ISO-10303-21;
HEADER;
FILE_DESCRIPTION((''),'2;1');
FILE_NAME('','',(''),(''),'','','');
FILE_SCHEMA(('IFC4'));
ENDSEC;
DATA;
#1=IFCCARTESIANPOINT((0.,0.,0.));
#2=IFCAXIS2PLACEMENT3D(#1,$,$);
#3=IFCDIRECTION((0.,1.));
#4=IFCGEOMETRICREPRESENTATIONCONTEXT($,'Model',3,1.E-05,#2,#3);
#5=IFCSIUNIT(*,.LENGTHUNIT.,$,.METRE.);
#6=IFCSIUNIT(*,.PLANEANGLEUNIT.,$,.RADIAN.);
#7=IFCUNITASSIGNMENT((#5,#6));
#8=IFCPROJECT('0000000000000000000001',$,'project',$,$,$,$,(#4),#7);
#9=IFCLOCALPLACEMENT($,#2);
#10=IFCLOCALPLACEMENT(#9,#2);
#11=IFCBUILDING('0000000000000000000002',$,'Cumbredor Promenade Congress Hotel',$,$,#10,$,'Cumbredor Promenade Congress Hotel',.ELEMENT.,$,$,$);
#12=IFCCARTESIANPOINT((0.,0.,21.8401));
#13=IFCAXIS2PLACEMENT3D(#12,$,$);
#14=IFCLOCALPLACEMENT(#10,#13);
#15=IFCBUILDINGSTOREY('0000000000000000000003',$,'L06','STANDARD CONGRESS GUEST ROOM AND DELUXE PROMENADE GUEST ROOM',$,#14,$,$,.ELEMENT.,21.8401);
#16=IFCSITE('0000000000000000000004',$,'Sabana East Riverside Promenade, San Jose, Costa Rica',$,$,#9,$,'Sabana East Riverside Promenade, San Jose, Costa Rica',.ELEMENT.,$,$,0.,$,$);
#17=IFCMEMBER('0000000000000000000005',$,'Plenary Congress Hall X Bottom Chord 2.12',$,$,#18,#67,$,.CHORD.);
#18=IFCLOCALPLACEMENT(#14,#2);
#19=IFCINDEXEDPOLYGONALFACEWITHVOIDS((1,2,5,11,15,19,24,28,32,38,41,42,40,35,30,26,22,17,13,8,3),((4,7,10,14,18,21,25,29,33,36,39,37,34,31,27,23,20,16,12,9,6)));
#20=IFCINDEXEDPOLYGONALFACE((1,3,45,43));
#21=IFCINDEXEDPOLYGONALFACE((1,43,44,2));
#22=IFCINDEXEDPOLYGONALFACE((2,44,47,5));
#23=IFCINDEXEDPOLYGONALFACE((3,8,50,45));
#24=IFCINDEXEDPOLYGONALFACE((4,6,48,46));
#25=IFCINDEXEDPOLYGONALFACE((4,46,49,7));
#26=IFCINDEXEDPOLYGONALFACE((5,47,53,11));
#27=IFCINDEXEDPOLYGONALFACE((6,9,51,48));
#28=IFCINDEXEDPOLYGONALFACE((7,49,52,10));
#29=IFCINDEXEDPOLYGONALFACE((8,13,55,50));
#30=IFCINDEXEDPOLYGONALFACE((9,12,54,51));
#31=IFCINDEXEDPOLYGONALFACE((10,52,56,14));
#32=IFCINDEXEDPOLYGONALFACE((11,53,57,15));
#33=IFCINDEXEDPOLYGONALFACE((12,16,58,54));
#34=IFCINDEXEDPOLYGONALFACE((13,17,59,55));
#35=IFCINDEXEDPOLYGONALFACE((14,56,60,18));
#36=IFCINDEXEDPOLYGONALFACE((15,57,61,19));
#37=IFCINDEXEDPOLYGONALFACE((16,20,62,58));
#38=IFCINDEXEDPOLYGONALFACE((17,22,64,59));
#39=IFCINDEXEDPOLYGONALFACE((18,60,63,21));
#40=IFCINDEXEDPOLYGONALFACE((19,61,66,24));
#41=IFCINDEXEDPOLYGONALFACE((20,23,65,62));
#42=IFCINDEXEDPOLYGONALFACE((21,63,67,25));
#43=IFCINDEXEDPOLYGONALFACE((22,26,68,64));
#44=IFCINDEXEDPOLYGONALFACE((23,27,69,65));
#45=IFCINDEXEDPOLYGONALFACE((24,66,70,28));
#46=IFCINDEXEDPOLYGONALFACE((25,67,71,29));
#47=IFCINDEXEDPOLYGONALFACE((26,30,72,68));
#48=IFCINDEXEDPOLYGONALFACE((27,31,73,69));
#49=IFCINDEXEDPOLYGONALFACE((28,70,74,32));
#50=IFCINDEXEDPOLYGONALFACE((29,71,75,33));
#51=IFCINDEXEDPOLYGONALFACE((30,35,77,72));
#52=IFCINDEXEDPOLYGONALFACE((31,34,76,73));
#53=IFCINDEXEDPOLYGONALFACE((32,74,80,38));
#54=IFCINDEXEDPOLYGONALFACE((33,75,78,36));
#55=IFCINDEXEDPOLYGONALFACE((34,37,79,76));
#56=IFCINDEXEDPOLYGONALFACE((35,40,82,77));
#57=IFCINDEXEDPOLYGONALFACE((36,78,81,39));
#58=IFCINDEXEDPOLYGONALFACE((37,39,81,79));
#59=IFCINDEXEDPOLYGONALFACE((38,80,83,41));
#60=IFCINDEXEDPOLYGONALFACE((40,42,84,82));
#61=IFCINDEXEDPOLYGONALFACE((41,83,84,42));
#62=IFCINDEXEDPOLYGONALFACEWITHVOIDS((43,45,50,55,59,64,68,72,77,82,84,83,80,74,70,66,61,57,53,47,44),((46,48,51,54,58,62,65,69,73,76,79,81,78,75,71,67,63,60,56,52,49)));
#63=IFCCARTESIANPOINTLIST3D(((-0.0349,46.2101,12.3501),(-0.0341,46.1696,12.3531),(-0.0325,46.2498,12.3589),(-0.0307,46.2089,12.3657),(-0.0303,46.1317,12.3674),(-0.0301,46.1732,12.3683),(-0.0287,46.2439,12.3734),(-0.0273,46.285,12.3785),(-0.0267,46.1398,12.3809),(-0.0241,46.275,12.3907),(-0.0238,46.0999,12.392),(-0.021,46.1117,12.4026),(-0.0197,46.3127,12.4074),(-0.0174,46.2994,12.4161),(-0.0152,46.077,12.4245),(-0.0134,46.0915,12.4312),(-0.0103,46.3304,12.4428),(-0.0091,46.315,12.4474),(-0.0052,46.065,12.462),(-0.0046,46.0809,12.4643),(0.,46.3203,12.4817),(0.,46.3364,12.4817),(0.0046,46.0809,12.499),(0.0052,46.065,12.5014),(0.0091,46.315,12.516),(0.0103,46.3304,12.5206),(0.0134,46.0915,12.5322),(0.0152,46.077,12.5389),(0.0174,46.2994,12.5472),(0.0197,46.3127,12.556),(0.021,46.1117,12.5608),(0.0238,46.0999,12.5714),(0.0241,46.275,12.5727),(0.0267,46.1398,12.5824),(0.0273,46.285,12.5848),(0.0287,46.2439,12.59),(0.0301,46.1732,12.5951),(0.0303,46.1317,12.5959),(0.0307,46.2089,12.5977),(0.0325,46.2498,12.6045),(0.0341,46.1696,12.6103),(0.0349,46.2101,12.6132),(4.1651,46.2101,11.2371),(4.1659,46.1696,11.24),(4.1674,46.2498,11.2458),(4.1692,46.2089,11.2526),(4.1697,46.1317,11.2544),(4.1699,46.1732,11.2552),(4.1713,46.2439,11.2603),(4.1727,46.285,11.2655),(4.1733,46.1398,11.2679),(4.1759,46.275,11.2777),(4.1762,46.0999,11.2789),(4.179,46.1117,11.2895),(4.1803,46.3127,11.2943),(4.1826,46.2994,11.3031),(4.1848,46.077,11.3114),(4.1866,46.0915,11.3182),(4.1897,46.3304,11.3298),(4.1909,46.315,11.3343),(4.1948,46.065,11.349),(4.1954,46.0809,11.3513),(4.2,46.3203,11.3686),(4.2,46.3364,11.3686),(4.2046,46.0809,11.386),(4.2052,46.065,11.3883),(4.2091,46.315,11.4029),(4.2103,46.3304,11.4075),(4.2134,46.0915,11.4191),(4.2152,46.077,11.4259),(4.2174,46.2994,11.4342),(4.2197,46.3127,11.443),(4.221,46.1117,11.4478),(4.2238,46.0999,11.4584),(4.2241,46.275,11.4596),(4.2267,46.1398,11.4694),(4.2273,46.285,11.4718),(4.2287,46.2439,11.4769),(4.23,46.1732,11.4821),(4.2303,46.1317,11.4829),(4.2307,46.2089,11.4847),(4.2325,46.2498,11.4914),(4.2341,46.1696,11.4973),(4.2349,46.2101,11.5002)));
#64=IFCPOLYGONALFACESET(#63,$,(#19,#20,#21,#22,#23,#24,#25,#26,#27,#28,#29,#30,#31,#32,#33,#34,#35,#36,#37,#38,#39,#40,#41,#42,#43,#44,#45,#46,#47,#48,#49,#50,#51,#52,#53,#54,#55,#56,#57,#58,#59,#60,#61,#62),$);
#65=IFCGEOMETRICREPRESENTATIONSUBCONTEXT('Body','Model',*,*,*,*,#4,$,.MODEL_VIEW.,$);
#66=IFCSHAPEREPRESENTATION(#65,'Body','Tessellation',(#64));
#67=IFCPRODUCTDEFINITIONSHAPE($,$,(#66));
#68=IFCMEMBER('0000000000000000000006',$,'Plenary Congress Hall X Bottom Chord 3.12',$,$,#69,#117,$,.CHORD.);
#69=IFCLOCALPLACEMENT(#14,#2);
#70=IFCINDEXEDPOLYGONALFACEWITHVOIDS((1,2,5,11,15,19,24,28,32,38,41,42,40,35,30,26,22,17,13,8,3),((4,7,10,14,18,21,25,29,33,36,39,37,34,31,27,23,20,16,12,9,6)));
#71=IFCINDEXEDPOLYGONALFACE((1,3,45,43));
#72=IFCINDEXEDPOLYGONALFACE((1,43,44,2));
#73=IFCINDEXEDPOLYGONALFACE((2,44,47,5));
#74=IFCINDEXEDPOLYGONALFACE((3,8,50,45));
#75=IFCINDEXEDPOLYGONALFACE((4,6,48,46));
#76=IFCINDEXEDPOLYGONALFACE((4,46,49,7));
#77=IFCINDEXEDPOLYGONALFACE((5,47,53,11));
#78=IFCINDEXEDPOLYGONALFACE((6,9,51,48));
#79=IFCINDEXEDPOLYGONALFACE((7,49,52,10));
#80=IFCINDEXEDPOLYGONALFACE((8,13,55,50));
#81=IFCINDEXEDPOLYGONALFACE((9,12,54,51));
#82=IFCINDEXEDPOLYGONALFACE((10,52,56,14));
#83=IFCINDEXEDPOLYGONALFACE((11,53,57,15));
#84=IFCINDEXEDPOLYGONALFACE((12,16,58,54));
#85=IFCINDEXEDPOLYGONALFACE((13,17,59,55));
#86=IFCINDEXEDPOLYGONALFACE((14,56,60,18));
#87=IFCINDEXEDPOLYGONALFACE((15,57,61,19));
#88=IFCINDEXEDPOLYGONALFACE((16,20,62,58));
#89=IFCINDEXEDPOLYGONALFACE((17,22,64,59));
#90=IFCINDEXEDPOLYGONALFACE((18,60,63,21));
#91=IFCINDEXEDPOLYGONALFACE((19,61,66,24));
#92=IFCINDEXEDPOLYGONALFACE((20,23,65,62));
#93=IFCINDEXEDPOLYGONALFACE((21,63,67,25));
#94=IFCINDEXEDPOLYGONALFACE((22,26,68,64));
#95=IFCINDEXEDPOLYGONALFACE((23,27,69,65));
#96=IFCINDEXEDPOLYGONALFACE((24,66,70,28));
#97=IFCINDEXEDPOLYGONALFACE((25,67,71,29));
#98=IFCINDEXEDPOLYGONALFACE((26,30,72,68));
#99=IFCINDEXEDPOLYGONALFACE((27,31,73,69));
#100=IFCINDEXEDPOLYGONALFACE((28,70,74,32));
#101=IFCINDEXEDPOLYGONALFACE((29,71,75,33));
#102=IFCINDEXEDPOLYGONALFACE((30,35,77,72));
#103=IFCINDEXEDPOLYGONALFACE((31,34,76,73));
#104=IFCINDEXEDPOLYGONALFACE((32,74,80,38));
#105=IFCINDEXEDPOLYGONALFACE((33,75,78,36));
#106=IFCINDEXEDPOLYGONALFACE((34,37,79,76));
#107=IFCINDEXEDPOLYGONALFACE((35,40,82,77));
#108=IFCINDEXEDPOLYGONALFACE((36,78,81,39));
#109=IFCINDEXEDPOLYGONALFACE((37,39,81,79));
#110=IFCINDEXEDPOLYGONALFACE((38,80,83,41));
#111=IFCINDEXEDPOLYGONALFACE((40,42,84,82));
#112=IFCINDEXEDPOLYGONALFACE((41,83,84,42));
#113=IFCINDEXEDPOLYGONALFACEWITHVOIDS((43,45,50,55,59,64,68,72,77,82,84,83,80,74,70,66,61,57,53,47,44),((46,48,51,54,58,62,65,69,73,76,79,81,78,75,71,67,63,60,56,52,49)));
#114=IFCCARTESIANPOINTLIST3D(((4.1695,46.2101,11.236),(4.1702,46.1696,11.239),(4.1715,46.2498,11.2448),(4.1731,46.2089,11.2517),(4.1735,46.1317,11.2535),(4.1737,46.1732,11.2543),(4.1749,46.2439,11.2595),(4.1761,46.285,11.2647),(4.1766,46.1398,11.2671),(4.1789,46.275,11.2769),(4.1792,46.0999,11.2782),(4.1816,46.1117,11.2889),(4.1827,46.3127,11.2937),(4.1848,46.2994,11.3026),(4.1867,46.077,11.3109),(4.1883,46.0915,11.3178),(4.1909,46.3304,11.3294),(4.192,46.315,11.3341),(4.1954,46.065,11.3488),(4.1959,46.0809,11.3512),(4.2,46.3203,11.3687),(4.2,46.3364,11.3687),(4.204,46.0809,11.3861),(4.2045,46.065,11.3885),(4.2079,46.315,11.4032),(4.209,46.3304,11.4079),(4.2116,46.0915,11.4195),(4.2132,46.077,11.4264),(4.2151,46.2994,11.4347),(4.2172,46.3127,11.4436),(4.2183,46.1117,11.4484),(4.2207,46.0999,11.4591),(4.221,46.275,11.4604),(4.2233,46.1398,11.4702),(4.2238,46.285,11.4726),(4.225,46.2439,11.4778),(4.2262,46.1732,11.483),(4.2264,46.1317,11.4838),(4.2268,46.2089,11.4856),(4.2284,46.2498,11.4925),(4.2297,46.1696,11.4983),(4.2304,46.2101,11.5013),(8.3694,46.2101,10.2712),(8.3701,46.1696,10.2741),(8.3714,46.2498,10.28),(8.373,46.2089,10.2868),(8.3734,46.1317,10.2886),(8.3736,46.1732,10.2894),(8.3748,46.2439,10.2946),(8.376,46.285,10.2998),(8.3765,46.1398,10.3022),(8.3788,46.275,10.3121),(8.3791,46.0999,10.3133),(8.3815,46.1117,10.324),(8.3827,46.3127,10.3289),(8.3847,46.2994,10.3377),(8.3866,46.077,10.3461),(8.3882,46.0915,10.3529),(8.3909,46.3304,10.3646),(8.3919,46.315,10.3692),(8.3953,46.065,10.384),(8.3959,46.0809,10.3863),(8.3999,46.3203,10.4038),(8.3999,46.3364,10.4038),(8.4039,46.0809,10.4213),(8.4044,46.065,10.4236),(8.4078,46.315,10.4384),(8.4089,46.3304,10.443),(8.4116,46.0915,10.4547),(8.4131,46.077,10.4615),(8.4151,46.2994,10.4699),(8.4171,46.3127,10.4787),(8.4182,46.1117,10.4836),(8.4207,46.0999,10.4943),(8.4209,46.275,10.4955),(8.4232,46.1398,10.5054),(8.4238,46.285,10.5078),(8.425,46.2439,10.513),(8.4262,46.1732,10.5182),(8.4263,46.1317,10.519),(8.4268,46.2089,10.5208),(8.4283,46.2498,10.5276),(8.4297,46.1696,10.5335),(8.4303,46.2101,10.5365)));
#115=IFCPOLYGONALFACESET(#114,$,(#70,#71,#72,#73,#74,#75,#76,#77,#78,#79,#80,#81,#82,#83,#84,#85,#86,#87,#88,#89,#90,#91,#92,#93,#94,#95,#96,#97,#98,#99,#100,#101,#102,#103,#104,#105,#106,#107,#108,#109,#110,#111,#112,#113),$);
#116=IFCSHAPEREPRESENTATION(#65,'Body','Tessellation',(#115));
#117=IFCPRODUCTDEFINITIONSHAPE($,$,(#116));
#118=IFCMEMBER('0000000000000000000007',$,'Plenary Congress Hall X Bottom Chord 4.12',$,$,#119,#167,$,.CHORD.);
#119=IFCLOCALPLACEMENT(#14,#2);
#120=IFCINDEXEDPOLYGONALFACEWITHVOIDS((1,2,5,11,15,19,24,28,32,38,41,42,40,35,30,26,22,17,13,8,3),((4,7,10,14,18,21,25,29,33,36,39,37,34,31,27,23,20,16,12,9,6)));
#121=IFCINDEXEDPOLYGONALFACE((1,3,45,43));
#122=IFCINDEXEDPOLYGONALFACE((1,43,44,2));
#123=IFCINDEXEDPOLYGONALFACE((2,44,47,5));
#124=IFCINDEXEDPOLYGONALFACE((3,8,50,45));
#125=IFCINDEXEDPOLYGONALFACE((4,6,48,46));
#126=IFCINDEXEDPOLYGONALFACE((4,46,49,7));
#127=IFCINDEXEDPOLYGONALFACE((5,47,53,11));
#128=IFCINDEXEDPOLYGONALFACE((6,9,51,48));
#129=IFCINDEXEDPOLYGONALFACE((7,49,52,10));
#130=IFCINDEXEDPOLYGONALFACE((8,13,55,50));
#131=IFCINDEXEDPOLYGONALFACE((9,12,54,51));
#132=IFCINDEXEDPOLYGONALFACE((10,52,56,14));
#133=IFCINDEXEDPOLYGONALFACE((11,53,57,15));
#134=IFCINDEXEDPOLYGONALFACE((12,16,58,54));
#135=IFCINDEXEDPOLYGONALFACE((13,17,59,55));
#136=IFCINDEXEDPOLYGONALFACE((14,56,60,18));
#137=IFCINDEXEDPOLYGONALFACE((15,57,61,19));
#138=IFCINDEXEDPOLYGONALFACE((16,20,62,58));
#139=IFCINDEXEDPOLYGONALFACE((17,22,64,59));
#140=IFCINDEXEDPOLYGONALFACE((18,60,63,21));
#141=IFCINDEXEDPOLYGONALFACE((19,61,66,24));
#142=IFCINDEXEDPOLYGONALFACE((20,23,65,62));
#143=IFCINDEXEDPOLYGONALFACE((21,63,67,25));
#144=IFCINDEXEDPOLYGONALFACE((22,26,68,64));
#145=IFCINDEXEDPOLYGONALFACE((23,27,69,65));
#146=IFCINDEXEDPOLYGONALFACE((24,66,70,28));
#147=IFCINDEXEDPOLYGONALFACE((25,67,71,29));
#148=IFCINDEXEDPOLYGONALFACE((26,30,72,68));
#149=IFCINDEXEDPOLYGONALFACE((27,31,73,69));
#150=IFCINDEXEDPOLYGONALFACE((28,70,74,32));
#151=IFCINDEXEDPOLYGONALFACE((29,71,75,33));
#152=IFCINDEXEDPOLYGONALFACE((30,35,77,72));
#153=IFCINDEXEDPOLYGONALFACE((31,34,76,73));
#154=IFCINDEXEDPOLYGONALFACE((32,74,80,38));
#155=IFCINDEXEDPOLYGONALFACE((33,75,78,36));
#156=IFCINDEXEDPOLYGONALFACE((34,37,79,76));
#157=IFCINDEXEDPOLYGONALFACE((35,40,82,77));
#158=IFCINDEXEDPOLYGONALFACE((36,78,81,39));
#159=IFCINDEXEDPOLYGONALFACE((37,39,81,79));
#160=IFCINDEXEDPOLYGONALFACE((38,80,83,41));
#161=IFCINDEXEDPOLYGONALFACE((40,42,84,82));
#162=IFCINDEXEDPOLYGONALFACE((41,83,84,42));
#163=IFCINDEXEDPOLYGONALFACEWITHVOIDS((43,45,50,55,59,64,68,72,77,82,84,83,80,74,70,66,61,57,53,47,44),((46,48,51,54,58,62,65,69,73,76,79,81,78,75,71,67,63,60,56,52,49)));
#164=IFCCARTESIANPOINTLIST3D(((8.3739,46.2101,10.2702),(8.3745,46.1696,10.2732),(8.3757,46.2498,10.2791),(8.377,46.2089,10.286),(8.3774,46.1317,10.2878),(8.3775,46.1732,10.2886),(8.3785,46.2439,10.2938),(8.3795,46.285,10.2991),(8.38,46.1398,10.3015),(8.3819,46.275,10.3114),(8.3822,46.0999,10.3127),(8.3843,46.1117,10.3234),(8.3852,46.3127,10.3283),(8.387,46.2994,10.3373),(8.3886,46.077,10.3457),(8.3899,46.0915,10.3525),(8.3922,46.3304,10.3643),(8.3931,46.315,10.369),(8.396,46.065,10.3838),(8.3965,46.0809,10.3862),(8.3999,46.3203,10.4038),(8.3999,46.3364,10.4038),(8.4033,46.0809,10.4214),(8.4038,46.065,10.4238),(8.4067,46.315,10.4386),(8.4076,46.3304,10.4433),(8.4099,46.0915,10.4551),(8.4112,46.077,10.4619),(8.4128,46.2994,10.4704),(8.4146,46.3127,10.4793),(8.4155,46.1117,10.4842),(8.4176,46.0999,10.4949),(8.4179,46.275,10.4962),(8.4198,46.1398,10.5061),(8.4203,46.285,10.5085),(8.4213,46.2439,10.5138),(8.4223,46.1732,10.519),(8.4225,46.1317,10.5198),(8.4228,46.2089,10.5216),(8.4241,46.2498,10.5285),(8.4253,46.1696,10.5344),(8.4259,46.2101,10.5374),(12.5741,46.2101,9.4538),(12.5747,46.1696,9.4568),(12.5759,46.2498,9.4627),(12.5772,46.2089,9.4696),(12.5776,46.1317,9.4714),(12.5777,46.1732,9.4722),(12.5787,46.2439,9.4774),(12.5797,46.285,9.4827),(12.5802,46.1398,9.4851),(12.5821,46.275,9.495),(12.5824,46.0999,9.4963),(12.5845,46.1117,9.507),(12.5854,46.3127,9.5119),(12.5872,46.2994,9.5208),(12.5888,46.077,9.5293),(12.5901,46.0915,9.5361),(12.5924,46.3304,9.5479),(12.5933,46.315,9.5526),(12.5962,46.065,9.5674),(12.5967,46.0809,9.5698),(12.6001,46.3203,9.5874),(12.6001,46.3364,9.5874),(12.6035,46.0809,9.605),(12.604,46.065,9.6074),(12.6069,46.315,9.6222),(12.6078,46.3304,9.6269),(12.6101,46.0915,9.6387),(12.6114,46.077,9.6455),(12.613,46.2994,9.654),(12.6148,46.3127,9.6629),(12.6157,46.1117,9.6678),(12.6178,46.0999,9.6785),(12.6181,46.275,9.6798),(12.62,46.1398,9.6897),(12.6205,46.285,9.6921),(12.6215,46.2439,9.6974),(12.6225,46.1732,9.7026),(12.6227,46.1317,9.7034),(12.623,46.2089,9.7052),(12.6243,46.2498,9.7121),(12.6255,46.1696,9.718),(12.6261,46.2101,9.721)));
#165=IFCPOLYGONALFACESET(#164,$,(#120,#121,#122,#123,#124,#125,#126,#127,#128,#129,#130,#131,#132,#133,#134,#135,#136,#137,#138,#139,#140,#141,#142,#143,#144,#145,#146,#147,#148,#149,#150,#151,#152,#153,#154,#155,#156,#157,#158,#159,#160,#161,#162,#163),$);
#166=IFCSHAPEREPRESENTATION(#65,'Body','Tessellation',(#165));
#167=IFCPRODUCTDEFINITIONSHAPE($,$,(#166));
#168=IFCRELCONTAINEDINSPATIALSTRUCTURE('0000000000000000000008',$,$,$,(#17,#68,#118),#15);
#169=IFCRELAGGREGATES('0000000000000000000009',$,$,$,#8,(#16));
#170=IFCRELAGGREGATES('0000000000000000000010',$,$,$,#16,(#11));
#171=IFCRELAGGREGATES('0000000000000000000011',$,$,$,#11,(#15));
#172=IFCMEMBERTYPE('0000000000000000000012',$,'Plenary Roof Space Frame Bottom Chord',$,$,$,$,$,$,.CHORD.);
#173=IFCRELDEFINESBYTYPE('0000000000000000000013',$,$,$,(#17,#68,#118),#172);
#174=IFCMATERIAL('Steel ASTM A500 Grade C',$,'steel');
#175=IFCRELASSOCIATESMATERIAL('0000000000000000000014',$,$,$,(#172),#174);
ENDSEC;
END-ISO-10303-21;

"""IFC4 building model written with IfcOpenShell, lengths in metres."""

from ifc_helpers import new_model, si_unit, direction, frame, origin, origin_2d, place, context, subcontext, project, spatial, hollow_circle, extrude, material, material_profile, profile_set, type_object, element, save


model = new_model("IFC4")

# Units and contexts
model_context = context("Model", 3, precision=1e-05, world=origin(), true_north=direction((0.0, 1.0)))
body_context = subcontext(model_context, "Body", "Model", "MODEL_VIEW")
ifc_project = project(units=[si_unit("LENGTHUNIT", "METRE"), si_unit("PLANEANGLEUNIT", "RADIAN")], contexts=[model_context])

# Site, building, storey
site_placement = place(None, origin())
site = spatial("IfcSite", under=ifc_project, at=site_placement, Name="Sabana East Riverside Promenade, San Jose, Costa Rica", LongName="Sabana East Riverside Promenade, San Jose, Costa Rica", CompositionType="ELEMENT", RefElevation=0.0)
building_placement = place(site_placement, origin())
building = spatial("IfcBuilding", under=site, at=building_placement, Name="Cumbredor Promenade Congress Hotel", LongName="Cumbredor Promenade Congress Hotel", CompositionType="ELEMENT")
storey_placement = place(building_placement, frame((0.0, 0.0, 21.8401)))
storey = spatial("IfcBuildingStorey", under=building, at=storey_placement, Name="L06", Description="STANDARD CONGRESS GUEST ROOM AND DELUXE PROMENADE GUEST ROOM", CompositionType="ELEMENT", Elevation=21.8401)

# Members
ifc_material_1 = material(Name="Steel ASTM A500 Grade C", Category="steel")
ifc_material_profile_1 = material_profile(ifc_material_1, hollow_circle(Radius=0.1365, WallThickness=0.0161, at=origin_2d()), Name="CHS 273.0x16")
ifc_profile_set_1 = profile_set([ifc_material_profile_1], Name="Steel ASTM A500 Grade C")
member_type_1 = type_object("IfcMemberType", Name="Plenary Roof Space Frame Bottom Chord", PredefinedType="CHORD", material=ifc_profile_set_1)
member_1_placement = place(storey_placement, frame((0.0, 46.2, 12.4817), z_axis=(0.966632, 0.0, -0.256169), x_axis=(0.0, 1.0, 0.0)))
element("IfcMember", 1, at=member_1_placement, inside=storey, type_object=member_type_1, Name="Plenary Congress Hall X Bottom Chord 2.12", PredefinedType="CHORD", context=body_context, shape_type="SweptSolid", body=[
    extrude(hollow_circle(Radius=0.1365, WallThickness=0.0161, at=origin_2d()), origin(), (0.0, 0.0, 1.0), 4.345),
])
member_2_placement = place(storey_placement, frame((4.2, 46.2, 11.3687), z_axis=(0.974613, 0.0, -0.223895), x_axis=(0.0, 1.0, 0.0)))
element("IfcMember", 2, at=member_2_placement, inside=storey, type_object=member_type_1, Name="Plenary Congress Hall X Bottom Chord 3.12", PredefinedType="CHORD", context=body_context, shape_type="SweptSolid", body=[
    extrude(hollow_circle(Radius=0.1365, WallThickness=0.0161, at=origin_2d()), origin(), (0.0, 0.0, 1.0), 4.3093),
])
member_3_placement = place(storey_placement, frame((8.3999, 46.2, 10.4038), z_axis=(0.981628, 0.0, -0.190802), x_axis=(0.0, 1.0, 0.0)))
element("IfcMember", 3, at=member_3_placement, inside=storey, type_object=member_type_1, Name="Plenary Congress Hall X Bottom Chord 4.12", PredefinedType="CHORD", context=body_context, shape_type="SweptSolid", body=[
    extrude(hollow_circle(Radius=0.1365, WallThickness=0.0161, at=origin_2d()), origin(), (0.0, 0.0, 1.0), 4.2788),
])

save(model, "model.ifc")
